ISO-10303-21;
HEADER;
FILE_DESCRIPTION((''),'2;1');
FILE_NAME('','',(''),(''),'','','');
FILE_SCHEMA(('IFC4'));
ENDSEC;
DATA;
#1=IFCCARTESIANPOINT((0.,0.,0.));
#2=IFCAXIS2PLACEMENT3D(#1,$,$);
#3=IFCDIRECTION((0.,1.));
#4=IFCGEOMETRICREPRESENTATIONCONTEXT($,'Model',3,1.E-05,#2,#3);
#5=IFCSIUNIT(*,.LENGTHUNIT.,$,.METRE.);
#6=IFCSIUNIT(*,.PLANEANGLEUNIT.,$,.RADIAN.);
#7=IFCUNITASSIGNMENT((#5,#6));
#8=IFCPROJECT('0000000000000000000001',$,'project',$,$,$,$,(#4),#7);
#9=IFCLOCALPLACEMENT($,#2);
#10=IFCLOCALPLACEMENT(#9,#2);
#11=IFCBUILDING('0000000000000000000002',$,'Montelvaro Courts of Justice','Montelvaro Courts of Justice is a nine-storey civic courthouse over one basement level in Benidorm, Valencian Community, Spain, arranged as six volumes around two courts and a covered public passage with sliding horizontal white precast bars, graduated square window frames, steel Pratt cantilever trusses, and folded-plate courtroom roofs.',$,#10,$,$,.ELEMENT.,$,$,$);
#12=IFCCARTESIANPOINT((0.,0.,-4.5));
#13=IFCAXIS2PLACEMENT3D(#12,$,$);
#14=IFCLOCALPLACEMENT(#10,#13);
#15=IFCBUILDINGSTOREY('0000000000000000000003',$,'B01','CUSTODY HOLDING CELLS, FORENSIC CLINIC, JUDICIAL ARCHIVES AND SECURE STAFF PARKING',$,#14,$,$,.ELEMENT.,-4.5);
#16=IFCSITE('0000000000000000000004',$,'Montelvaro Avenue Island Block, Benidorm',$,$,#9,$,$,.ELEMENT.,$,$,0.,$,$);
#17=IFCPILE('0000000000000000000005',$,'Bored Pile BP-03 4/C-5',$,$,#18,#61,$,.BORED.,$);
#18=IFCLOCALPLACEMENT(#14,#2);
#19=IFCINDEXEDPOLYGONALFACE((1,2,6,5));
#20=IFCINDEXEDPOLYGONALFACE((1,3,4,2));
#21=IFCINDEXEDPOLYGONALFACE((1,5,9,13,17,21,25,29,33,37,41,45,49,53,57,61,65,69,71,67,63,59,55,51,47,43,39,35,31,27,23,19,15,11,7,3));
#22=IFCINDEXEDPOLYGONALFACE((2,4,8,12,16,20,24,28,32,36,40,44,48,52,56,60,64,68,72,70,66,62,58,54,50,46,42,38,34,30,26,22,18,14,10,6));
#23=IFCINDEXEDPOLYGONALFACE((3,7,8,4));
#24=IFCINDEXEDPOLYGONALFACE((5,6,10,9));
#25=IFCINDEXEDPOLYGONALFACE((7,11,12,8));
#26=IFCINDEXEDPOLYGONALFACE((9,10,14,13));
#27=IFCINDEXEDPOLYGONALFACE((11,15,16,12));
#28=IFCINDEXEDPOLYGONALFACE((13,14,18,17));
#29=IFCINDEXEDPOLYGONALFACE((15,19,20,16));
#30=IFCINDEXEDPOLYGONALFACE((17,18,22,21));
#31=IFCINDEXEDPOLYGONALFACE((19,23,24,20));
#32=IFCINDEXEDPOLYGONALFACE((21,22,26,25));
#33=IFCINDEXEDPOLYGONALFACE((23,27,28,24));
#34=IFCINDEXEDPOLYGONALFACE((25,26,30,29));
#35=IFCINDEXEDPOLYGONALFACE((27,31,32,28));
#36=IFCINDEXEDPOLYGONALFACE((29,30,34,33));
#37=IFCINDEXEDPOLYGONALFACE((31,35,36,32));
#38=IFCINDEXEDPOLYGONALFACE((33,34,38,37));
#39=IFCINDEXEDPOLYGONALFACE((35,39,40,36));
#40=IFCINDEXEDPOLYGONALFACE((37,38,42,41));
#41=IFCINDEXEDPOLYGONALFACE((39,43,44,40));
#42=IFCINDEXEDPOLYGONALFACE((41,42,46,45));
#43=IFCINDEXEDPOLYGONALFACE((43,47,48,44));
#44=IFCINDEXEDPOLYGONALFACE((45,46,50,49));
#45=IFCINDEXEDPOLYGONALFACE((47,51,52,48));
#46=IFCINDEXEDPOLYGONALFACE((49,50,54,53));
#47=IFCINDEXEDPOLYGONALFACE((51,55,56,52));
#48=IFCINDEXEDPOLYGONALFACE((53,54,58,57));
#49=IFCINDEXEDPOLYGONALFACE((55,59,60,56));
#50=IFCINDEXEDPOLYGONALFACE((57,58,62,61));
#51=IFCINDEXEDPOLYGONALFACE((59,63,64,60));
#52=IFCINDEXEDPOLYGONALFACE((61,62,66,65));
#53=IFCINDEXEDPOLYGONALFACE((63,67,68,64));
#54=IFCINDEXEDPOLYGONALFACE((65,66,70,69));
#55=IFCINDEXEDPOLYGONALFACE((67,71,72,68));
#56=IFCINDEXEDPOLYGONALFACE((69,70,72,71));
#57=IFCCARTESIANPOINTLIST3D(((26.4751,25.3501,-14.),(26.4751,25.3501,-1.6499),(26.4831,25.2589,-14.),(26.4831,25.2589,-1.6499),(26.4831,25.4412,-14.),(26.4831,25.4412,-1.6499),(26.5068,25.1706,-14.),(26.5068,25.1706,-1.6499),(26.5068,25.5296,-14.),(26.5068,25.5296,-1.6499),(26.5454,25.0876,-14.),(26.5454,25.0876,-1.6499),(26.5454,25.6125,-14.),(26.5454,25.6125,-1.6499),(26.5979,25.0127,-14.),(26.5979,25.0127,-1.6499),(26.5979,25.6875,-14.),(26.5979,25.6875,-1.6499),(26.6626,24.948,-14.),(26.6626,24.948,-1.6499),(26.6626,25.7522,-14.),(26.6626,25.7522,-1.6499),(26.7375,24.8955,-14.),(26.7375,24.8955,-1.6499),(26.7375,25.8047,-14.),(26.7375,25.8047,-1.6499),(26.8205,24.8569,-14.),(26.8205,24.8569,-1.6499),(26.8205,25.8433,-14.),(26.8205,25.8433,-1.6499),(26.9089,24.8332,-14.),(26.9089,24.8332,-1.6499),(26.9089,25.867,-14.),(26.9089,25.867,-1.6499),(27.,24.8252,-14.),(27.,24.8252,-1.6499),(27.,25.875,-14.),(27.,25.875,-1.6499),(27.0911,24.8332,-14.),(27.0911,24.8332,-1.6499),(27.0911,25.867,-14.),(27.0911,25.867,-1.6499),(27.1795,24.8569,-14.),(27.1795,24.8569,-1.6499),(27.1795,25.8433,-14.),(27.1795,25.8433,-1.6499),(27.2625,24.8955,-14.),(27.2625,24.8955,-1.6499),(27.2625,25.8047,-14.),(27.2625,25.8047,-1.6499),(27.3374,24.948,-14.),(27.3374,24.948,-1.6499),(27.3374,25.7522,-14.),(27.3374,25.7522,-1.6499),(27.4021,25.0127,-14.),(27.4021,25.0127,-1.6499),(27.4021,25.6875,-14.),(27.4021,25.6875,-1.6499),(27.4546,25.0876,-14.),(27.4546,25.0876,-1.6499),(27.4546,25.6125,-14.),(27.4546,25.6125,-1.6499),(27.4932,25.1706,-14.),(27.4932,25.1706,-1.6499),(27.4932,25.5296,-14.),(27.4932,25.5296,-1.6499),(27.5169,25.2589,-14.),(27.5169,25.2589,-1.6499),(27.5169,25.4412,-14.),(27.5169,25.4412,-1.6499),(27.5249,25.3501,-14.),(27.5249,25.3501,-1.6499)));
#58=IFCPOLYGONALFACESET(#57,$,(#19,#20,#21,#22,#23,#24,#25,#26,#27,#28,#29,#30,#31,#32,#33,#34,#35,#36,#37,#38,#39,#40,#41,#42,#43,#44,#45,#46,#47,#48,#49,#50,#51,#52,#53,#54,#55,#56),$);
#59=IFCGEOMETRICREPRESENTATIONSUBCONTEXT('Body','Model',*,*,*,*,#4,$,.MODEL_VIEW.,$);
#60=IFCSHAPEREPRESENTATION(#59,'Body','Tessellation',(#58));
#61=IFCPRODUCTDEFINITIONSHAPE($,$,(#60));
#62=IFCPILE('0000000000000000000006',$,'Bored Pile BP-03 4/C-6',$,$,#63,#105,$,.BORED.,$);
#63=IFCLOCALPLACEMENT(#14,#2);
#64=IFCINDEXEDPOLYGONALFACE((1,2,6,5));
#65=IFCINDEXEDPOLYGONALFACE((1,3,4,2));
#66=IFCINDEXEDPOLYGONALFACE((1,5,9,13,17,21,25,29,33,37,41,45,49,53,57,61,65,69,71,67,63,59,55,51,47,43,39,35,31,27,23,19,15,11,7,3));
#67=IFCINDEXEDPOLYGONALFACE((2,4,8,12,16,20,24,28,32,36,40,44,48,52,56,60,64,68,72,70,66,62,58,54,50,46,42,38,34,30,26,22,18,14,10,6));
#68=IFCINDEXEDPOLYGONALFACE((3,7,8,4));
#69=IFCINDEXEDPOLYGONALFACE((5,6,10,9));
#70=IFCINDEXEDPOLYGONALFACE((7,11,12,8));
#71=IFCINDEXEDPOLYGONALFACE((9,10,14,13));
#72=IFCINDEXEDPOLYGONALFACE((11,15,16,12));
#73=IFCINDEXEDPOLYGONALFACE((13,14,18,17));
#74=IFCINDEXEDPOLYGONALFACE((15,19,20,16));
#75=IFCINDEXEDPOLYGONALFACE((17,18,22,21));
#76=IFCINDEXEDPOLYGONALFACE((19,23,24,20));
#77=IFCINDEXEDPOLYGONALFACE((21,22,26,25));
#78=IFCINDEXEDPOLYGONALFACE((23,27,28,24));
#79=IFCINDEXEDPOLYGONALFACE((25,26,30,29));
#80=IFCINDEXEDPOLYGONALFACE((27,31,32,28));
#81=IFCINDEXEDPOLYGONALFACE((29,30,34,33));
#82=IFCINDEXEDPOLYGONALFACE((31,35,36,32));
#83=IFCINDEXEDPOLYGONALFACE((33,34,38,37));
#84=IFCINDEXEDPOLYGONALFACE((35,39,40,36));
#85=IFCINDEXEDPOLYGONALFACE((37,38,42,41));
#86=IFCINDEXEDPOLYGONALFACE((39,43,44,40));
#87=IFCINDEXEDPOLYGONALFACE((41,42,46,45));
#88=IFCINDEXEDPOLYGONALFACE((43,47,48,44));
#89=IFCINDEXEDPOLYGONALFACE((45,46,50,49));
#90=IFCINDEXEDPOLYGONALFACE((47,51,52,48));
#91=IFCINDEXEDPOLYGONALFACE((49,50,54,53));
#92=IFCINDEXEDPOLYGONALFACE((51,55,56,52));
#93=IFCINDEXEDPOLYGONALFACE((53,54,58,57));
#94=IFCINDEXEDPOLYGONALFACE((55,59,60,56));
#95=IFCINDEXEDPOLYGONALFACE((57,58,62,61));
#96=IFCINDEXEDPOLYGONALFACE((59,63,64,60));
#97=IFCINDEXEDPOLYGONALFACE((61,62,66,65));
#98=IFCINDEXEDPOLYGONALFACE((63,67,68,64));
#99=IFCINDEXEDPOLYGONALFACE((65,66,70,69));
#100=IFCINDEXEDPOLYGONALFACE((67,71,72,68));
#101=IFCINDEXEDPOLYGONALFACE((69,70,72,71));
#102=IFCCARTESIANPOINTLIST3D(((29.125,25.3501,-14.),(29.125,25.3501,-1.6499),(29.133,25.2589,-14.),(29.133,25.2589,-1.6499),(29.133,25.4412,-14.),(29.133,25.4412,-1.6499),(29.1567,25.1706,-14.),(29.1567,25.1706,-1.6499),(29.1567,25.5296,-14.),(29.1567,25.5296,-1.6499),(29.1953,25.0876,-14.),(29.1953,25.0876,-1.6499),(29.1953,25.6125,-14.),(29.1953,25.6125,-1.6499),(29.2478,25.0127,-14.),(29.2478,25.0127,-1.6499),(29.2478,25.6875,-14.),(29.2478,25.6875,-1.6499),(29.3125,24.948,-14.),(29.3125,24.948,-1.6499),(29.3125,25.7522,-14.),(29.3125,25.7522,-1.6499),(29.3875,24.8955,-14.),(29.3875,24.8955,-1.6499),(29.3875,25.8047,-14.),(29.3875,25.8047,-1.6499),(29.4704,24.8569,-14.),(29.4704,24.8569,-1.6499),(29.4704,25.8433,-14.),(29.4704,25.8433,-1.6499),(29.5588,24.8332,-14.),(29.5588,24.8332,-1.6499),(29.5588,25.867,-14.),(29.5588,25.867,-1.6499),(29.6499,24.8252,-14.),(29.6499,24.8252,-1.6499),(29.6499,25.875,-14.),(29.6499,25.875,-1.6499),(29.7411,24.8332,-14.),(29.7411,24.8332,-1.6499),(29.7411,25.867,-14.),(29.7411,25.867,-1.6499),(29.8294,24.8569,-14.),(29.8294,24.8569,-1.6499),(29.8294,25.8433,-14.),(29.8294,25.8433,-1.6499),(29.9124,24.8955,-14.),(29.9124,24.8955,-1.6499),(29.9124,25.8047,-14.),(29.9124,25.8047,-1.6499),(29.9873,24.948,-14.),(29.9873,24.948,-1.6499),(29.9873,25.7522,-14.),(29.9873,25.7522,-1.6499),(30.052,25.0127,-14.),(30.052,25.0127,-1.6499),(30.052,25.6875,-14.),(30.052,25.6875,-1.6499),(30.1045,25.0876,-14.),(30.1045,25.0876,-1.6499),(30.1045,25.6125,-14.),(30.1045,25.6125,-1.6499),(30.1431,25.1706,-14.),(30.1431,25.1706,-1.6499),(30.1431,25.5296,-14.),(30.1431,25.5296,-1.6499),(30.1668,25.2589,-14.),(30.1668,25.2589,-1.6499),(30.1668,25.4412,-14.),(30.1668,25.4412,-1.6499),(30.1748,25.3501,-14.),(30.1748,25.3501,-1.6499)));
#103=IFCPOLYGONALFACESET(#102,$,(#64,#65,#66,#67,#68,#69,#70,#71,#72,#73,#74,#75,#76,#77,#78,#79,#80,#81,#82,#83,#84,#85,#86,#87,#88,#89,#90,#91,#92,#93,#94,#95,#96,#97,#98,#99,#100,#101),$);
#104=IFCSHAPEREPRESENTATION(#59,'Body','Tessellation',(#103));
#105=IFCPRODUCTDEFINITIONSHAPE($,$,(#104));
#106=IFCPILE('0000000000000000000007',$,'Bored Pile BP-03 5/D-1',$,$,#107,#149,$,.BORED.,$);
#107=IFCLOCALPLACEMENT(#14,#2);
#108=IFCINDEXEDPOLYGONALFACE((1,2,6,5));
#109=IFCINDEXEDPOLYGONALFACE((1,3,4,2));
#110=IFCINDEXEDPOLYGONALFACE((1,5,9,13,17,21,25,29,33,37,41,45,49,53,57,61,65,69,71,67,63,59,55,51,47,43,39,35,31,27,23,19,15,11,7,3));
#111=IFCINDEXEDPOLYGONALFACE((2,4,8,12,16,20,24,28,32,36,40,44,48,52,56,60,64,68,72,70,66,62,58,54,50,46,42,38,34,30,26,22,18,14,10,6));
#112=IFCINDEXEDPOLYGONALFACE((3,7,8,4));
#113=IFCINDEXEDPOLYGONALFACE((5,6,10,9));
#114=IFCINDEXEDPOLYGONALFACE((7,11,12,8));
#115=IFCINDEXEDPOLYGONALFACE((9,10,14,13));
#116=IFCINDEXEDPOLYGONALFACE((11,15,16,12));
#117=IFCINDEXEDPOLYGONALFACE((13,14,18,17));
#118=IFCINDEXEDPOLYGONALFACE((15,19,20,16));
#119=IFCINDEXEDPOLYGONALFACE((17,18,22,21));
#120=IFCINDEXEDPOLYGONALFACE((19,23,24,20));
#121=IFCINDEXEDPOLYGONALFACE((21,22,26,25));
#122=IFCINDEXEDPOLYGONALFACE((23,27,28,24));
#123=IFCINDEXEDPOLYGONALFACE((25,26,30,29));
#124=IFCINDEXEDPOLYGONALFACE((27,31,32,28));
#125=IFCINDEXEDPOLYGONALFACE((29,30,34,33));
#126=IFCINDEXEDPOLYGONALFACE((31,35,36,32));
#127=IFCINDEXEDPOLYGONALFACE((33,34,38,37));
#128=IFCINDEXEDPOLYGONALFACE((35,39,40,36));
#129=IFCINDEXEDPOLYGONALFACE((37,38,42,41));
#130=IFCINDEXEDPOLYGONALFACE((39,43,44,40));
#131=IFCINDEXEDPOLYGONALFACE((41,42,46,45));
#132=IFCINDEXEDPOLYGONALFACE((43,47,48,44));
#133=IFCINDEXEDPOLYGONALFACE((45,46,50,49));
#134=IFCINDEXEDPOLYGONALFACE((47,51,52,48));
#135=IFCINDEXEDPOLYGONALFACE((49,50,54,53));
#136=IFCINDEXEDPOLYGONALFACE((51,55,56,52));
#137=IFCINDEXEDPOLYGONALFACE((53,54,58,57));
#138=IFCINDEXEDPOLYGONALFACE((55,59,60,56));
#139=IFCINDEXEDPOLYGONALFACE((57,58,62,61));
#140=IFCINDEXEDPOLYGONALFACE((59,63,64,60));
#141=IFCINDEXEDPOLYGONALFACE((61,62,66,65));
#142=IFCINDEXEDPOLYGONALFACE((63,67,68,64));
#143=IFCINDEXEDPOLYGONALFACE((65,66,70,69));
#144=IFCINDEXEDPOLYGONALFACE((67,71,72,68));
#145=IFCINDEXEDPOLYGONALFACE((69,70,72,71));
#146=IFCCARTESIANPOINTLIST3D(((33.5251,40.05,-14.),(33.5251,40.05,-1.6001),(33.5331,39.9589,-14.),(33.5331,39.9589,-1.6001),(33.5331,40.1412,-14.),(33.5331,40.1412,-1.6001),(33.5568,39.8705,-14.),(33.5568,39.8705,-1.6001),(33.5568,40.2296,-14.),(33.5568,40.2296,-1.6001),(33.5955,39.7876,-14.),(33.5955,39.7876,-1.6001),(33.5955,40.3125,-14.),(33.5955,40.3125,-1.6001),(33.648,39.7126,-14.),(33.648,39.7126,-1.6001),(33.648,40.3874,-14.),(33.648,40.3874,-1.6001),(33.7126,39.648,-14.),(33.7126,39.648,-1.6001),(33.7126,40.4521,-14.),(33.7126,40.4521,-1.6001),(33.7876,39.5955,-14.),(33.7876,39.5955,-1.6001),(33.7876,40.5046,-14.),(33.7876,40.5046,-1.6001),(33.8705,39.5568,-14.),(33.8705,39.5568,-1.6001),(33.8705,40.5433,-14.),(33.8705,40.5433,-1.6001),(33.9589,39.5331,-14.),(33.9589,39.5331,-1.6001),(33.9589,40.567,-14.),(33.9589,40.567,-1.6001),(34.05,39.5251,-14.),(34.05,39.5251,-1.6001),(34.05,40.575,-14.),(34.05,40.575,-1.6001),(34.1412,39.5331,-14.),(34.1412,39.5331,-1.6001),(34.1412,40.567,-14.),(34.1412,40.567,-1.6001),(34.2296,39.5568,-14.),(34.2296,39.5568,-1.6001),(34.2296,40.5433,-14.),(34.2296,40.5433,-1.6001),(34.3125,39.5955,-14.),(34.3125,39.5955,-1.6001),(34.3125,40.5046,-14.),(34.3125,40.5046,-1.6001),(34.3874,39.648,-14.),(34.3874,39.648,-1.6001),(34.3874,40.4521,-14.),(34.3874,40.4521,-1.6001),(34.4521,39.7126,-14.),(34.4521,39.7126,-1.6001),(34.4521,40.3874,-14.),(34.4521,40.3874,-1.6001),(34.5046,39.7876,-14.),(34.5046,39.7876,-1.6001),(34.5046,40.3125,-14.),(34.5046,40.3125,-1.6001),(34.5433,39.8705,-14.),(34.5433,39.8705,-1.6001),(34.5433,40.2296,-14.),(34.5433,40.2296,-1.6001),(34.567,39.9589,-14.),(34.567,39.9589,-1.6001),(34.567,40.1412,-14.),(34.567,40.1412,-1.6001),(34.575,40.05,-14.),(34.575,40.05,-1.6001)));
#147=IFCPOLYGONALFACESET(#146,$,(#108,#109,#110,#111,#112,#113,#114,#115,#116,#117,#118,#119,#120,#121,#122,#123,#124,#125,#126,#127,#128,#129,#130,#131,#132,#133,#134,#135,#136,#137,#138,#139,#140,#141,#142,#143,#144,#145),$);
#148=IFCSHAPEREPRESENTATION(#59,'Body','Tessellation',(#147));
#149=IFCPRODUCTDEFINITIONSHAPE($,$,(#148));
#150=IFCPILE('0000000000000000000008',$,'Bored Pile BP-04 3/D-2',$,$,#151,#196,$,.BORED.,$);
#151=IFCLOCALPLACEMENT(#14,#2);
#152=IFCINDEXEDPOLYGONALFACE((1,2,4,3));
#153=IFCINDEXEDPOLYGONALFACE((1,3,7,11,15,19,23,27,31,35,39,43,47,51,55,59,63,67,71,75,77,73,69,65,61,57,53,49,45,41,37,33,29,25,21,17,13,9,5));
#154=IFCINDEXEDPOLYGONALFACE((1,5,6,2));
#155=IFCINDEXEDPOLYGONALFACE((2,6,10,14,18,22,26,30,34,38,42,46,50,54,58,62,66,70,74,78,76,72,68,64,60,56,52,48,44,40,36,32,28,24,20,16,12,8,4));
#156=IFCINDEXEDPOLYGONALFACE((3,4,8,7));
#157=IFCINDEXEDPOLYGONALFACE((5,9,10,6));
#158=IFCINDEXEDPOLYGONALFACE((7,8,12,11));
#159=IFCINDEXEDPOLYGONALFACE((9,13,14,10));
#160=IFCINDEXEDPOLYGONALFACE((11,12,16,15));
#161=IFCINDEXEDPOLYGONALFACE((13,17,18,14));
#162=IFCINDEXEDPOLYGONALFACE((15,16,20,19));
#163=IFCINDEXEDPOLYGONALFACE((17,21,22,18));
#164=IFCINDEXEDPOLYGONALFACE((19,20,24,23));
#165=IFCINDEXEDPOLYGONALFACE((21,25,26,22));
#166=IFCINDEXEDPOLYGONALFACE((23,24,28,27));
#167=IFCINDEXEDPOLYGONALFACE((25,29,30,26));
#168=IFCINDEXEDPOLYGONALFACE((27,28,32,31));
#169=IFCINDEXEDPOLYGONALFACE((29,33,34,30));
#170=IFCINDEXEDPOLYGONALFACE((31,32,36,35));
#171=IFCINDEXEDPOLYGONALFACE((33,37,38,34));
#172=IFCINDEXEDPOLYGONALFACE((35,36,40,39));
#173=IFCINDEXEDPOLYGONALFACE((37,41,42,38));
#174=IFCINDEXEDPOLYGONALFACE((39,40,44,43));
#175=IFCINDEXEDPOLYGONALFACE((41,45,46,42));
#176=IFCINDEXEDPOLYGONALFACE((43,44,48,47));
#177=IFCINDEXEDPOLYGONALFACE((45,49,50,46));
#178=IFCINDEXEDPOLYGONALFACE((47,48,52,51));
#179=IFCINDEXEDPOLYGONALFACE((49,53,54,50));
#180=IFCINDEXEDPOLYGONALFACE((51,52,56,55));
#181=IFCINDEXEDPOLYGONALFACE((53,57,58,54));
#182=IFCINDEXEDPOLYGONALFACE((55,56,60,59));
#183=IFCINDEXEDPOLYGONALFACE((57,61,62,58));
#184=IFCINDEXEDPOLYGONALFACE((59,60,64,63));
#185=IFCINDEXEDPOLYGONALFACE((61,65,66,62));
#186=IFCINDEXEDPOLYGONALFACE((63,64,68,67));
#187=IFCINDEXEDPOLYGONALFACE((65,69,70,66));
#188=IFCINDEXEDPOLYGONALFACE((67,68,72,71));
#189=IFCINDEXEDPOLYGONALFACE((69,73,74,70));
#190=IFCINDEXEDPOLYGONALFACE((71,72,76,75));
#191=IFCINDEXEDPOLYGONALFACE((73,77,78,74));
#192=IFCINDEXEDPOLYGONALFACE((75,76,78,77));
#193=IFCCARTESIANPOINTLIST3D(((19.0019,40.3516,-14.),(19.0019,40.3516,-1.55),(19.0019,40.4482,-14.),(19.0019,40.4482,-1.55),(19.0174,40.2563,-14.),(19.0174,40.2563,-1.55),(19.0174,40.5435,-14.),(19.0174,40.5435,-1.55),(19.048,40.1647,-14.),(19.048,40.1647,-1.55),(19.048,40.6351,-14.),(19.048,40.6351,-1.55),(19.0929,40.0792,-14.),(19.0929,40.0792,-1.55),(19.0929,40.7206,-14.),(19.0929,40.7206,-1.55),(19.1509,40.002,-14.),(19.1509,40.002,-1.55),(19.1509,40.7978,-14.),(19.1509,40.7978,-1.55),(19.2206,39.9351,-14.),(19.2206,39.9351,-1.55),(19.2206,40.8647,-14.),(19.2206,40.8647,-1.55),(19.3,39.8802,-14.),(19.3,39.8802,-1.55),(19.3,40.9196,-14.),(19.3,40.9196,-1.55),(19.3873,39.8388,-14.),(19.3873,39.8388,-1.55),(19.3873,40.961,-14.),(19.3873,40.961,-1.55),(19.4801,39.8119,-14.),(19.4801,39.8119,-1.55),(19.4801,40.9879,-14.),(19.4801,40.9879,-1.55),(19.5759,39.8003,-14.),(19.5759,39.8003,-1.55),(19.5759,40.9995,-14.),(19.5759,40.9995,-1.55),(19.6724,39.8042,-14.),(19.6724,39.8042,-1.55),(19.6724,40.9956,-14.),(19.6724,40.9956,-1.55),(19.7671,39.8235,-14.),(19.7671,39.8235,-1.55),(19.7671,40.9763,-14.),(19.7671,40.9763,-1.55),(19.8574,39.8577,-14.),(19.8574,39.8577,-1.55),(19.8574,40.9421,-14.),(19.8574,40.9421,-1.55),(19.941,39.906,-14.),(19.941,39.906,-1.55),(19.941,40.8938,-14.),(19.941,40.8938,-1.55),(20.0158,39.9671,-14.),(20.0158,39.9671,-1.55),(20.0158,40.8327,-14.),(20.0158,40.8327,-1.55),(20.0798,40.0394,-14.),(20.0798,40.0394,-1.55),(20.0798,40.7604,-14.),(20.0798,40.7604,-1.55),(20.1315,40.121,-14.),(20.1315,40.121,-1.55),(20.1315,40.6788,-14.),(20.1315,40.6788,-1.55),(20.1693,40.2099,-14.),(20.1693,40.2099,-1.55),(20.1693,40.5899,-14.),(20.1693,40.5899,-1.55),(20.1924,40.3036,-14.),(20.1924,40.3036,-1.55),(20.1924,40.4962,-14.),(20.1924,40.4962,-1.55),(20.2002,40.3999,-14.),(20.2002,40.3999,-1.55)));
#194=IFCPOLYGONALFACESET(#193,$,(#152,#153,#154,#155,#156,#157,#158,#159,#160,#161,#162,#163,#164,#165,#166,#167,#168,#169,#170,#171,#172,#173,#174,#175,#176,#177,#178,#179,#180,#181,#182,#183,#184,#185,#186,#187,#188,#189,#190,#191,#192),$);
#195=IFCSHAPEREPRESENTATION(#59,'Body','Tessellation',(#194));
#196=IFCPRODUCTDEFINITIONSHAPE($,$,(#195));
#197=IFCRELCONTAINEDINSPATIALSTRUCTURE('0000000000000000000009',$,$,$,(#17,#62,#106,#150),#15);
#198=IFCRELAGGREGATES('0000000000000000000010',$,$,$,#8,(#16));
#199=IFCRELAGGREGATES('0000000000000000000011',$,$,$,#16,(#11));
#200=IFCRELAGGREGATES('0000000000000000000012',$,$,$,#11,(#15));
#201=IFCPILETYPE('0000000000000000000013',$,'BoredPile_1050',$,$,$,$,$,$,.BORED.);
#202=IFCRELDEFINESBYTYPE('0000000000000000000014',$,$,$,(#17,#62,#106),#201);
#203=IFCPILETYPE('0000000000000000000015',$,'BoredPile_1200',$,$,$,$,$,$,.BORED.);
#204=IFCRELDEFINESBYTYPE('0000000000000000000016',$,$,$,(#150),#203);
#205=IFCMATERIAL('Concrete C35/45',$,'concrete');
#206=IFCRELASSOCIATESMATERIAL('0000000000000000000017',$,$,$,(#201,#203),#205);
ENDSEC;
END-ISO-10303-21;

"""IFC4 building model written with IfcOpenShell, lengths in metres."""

from ifc_helpers import new_model, si_unit, direction, frame, origin, origin_2d, place, context, subcontext, project, spatial, circle, extrude, material, material_profile, profile_set, type_object, element, save


model = new_model("IFC4")

# Units and contexts
model_context = context("Model", 3, precision=1e-05, world=origin(), true_north=direction((0.0, 1.0)))
body_context = subcontext(model_context, "Body", "Model", "MODEL_VIEW")
ifc_project = project(units=[si_unit("LENGTHUNIT", "METRE"), si_unit("PLANEANGLEUNIT", "RADIAN")], contexts=[model_context])

# Site, building, storey
site_placement = place(None, origin())
site = spatial("IfcSite", under=ifc_project, at=site_placement, Name="Montelvaro Avenue Island Block, Benidorm", CompositionType="ELEMENT", RefElevation=0.0)
building_placement = place(site_placement, origin())
building = spatial("IfcBuilding", under=site, at=building_placement, Name="Montelvaro Courts of Justice", Description="Montelvaro Courts of Justice is a nine-storey civic courthouse over one basement level in Benidorm, Valencian Community, Spain, arranged as six volumes around two courts and a covered public passage with sliding horizontal white precast bars, graduated square window frames, steel Pratt cantilever trusses, and folded-plate courtroom roofs.", CompositionType="ELEMENT")
storey_placement = place(building_placement, frame((0.0, 0.0, -4.5)))
storey = spatial("IfcBuildingStorey", under=building, at=storey_placement, Name="B01", Description="CUSTODY HOLDING CELLS, FORENSIC CLINIC, JUDICIAL ARCHIVES AND SECURE STAFF PARKING", CompositionType="ELEMENT", Elevation=-4.5)

# Piles
ifc_material_1 = material(Name="Concrete C35/45", Category="concrete")
ifc_material_profile_1 = material_profile(ifc_material_1, circle(Radius=0.5249, at=origin_2d()), Name="BORED PILE D1050")
ifc_profile_set_1 = profile_set([ifc_material_profile_1], Name="Concrete C35/45")
pile_type_1 = type_object("IfcPileType", Name="BoredPile_1050", PredefinedType="BORED", material=ifc_profile_set_1)
for number, where, z_axis, x_axis, name in (
    (1, (27.0, 25.3501, -1.6499), (0.0, 0.0, -1.0), (1.0, 0.0, 0.0), "Bored Pile BP-03 4/C-5"),
    (2, (29.6499, 25.3501, -1.6499), (0.0, 0.0, -1.0), (1.0, 0.0, 0.0), "Bored Pile BP-03 4/C-6"),
):
    element("IfcPile", number, at=place(storey_placement, frame(where, z_axis=z_axis, x_axis=x_axis)), inside=storey, type_object=pile_type_1, Name=name, PredefinedType="BORED", context=body_context, shape_type="SweptSolid", body=[
        extrude(circle(Radius=0.5249, at=origin_2d()), origin(), (0.0, 0.0, 1.0), 12.3501),
    ])
pile_1_placement = place(storey_placement, frame((34.05, 40.05, -1.6001), z_axis=(0.0, 0.0, -1.0), x_axis=(1.0, 0.0, 0.0)))
element("IfcPile", 3, at=pile_1_placement, inside=storey, type_object=pile_type_1, Name="Bored Pile BP-03 5/D-1", PredefinedType="BORED", context=body_context, shape_type="SweptSolid", body=[
    extrude(circle(Radius=0.5249, at=origin_2d()), origin(), (0.0, 0.0, 1.0), 12.3999),
])
ifc_material_profile_2 = material_profile(ifc_material_1, circle(Radius=0.6001, at=origin_2d()), Name="BORED PILE D1200")
ifc_profile_set_2 = profile_set([ifc_material_profile_2], Name="Concrete C35/45")
pile_type_2 = type_object("IfcPileType", Name="BoredPile_1200", PredefinedType="BORED", material=ifc_profile_set_2)
pile_2_placement = place(storey_placement, frame((19.6001, 40.3999, -1.55), z_axis=(0.0, 0.0, -1.0), x_axis=(1.0, 0.0, 0.0)))
element("IfcPile", 4, at=pile_2_placement, inside=storey, type_object=pile_type_2, Name="Bored Pile BP-04 3/D-2", PredefinedType="BORED", context=body_context, shape_type="SweptSolid", body=[
    extrude(circle(Radius=0.6001, at=origin_2d()), origin(), (0.0, 0.0, 1.0), 12.45),
])

save(model, "model.ifc")
